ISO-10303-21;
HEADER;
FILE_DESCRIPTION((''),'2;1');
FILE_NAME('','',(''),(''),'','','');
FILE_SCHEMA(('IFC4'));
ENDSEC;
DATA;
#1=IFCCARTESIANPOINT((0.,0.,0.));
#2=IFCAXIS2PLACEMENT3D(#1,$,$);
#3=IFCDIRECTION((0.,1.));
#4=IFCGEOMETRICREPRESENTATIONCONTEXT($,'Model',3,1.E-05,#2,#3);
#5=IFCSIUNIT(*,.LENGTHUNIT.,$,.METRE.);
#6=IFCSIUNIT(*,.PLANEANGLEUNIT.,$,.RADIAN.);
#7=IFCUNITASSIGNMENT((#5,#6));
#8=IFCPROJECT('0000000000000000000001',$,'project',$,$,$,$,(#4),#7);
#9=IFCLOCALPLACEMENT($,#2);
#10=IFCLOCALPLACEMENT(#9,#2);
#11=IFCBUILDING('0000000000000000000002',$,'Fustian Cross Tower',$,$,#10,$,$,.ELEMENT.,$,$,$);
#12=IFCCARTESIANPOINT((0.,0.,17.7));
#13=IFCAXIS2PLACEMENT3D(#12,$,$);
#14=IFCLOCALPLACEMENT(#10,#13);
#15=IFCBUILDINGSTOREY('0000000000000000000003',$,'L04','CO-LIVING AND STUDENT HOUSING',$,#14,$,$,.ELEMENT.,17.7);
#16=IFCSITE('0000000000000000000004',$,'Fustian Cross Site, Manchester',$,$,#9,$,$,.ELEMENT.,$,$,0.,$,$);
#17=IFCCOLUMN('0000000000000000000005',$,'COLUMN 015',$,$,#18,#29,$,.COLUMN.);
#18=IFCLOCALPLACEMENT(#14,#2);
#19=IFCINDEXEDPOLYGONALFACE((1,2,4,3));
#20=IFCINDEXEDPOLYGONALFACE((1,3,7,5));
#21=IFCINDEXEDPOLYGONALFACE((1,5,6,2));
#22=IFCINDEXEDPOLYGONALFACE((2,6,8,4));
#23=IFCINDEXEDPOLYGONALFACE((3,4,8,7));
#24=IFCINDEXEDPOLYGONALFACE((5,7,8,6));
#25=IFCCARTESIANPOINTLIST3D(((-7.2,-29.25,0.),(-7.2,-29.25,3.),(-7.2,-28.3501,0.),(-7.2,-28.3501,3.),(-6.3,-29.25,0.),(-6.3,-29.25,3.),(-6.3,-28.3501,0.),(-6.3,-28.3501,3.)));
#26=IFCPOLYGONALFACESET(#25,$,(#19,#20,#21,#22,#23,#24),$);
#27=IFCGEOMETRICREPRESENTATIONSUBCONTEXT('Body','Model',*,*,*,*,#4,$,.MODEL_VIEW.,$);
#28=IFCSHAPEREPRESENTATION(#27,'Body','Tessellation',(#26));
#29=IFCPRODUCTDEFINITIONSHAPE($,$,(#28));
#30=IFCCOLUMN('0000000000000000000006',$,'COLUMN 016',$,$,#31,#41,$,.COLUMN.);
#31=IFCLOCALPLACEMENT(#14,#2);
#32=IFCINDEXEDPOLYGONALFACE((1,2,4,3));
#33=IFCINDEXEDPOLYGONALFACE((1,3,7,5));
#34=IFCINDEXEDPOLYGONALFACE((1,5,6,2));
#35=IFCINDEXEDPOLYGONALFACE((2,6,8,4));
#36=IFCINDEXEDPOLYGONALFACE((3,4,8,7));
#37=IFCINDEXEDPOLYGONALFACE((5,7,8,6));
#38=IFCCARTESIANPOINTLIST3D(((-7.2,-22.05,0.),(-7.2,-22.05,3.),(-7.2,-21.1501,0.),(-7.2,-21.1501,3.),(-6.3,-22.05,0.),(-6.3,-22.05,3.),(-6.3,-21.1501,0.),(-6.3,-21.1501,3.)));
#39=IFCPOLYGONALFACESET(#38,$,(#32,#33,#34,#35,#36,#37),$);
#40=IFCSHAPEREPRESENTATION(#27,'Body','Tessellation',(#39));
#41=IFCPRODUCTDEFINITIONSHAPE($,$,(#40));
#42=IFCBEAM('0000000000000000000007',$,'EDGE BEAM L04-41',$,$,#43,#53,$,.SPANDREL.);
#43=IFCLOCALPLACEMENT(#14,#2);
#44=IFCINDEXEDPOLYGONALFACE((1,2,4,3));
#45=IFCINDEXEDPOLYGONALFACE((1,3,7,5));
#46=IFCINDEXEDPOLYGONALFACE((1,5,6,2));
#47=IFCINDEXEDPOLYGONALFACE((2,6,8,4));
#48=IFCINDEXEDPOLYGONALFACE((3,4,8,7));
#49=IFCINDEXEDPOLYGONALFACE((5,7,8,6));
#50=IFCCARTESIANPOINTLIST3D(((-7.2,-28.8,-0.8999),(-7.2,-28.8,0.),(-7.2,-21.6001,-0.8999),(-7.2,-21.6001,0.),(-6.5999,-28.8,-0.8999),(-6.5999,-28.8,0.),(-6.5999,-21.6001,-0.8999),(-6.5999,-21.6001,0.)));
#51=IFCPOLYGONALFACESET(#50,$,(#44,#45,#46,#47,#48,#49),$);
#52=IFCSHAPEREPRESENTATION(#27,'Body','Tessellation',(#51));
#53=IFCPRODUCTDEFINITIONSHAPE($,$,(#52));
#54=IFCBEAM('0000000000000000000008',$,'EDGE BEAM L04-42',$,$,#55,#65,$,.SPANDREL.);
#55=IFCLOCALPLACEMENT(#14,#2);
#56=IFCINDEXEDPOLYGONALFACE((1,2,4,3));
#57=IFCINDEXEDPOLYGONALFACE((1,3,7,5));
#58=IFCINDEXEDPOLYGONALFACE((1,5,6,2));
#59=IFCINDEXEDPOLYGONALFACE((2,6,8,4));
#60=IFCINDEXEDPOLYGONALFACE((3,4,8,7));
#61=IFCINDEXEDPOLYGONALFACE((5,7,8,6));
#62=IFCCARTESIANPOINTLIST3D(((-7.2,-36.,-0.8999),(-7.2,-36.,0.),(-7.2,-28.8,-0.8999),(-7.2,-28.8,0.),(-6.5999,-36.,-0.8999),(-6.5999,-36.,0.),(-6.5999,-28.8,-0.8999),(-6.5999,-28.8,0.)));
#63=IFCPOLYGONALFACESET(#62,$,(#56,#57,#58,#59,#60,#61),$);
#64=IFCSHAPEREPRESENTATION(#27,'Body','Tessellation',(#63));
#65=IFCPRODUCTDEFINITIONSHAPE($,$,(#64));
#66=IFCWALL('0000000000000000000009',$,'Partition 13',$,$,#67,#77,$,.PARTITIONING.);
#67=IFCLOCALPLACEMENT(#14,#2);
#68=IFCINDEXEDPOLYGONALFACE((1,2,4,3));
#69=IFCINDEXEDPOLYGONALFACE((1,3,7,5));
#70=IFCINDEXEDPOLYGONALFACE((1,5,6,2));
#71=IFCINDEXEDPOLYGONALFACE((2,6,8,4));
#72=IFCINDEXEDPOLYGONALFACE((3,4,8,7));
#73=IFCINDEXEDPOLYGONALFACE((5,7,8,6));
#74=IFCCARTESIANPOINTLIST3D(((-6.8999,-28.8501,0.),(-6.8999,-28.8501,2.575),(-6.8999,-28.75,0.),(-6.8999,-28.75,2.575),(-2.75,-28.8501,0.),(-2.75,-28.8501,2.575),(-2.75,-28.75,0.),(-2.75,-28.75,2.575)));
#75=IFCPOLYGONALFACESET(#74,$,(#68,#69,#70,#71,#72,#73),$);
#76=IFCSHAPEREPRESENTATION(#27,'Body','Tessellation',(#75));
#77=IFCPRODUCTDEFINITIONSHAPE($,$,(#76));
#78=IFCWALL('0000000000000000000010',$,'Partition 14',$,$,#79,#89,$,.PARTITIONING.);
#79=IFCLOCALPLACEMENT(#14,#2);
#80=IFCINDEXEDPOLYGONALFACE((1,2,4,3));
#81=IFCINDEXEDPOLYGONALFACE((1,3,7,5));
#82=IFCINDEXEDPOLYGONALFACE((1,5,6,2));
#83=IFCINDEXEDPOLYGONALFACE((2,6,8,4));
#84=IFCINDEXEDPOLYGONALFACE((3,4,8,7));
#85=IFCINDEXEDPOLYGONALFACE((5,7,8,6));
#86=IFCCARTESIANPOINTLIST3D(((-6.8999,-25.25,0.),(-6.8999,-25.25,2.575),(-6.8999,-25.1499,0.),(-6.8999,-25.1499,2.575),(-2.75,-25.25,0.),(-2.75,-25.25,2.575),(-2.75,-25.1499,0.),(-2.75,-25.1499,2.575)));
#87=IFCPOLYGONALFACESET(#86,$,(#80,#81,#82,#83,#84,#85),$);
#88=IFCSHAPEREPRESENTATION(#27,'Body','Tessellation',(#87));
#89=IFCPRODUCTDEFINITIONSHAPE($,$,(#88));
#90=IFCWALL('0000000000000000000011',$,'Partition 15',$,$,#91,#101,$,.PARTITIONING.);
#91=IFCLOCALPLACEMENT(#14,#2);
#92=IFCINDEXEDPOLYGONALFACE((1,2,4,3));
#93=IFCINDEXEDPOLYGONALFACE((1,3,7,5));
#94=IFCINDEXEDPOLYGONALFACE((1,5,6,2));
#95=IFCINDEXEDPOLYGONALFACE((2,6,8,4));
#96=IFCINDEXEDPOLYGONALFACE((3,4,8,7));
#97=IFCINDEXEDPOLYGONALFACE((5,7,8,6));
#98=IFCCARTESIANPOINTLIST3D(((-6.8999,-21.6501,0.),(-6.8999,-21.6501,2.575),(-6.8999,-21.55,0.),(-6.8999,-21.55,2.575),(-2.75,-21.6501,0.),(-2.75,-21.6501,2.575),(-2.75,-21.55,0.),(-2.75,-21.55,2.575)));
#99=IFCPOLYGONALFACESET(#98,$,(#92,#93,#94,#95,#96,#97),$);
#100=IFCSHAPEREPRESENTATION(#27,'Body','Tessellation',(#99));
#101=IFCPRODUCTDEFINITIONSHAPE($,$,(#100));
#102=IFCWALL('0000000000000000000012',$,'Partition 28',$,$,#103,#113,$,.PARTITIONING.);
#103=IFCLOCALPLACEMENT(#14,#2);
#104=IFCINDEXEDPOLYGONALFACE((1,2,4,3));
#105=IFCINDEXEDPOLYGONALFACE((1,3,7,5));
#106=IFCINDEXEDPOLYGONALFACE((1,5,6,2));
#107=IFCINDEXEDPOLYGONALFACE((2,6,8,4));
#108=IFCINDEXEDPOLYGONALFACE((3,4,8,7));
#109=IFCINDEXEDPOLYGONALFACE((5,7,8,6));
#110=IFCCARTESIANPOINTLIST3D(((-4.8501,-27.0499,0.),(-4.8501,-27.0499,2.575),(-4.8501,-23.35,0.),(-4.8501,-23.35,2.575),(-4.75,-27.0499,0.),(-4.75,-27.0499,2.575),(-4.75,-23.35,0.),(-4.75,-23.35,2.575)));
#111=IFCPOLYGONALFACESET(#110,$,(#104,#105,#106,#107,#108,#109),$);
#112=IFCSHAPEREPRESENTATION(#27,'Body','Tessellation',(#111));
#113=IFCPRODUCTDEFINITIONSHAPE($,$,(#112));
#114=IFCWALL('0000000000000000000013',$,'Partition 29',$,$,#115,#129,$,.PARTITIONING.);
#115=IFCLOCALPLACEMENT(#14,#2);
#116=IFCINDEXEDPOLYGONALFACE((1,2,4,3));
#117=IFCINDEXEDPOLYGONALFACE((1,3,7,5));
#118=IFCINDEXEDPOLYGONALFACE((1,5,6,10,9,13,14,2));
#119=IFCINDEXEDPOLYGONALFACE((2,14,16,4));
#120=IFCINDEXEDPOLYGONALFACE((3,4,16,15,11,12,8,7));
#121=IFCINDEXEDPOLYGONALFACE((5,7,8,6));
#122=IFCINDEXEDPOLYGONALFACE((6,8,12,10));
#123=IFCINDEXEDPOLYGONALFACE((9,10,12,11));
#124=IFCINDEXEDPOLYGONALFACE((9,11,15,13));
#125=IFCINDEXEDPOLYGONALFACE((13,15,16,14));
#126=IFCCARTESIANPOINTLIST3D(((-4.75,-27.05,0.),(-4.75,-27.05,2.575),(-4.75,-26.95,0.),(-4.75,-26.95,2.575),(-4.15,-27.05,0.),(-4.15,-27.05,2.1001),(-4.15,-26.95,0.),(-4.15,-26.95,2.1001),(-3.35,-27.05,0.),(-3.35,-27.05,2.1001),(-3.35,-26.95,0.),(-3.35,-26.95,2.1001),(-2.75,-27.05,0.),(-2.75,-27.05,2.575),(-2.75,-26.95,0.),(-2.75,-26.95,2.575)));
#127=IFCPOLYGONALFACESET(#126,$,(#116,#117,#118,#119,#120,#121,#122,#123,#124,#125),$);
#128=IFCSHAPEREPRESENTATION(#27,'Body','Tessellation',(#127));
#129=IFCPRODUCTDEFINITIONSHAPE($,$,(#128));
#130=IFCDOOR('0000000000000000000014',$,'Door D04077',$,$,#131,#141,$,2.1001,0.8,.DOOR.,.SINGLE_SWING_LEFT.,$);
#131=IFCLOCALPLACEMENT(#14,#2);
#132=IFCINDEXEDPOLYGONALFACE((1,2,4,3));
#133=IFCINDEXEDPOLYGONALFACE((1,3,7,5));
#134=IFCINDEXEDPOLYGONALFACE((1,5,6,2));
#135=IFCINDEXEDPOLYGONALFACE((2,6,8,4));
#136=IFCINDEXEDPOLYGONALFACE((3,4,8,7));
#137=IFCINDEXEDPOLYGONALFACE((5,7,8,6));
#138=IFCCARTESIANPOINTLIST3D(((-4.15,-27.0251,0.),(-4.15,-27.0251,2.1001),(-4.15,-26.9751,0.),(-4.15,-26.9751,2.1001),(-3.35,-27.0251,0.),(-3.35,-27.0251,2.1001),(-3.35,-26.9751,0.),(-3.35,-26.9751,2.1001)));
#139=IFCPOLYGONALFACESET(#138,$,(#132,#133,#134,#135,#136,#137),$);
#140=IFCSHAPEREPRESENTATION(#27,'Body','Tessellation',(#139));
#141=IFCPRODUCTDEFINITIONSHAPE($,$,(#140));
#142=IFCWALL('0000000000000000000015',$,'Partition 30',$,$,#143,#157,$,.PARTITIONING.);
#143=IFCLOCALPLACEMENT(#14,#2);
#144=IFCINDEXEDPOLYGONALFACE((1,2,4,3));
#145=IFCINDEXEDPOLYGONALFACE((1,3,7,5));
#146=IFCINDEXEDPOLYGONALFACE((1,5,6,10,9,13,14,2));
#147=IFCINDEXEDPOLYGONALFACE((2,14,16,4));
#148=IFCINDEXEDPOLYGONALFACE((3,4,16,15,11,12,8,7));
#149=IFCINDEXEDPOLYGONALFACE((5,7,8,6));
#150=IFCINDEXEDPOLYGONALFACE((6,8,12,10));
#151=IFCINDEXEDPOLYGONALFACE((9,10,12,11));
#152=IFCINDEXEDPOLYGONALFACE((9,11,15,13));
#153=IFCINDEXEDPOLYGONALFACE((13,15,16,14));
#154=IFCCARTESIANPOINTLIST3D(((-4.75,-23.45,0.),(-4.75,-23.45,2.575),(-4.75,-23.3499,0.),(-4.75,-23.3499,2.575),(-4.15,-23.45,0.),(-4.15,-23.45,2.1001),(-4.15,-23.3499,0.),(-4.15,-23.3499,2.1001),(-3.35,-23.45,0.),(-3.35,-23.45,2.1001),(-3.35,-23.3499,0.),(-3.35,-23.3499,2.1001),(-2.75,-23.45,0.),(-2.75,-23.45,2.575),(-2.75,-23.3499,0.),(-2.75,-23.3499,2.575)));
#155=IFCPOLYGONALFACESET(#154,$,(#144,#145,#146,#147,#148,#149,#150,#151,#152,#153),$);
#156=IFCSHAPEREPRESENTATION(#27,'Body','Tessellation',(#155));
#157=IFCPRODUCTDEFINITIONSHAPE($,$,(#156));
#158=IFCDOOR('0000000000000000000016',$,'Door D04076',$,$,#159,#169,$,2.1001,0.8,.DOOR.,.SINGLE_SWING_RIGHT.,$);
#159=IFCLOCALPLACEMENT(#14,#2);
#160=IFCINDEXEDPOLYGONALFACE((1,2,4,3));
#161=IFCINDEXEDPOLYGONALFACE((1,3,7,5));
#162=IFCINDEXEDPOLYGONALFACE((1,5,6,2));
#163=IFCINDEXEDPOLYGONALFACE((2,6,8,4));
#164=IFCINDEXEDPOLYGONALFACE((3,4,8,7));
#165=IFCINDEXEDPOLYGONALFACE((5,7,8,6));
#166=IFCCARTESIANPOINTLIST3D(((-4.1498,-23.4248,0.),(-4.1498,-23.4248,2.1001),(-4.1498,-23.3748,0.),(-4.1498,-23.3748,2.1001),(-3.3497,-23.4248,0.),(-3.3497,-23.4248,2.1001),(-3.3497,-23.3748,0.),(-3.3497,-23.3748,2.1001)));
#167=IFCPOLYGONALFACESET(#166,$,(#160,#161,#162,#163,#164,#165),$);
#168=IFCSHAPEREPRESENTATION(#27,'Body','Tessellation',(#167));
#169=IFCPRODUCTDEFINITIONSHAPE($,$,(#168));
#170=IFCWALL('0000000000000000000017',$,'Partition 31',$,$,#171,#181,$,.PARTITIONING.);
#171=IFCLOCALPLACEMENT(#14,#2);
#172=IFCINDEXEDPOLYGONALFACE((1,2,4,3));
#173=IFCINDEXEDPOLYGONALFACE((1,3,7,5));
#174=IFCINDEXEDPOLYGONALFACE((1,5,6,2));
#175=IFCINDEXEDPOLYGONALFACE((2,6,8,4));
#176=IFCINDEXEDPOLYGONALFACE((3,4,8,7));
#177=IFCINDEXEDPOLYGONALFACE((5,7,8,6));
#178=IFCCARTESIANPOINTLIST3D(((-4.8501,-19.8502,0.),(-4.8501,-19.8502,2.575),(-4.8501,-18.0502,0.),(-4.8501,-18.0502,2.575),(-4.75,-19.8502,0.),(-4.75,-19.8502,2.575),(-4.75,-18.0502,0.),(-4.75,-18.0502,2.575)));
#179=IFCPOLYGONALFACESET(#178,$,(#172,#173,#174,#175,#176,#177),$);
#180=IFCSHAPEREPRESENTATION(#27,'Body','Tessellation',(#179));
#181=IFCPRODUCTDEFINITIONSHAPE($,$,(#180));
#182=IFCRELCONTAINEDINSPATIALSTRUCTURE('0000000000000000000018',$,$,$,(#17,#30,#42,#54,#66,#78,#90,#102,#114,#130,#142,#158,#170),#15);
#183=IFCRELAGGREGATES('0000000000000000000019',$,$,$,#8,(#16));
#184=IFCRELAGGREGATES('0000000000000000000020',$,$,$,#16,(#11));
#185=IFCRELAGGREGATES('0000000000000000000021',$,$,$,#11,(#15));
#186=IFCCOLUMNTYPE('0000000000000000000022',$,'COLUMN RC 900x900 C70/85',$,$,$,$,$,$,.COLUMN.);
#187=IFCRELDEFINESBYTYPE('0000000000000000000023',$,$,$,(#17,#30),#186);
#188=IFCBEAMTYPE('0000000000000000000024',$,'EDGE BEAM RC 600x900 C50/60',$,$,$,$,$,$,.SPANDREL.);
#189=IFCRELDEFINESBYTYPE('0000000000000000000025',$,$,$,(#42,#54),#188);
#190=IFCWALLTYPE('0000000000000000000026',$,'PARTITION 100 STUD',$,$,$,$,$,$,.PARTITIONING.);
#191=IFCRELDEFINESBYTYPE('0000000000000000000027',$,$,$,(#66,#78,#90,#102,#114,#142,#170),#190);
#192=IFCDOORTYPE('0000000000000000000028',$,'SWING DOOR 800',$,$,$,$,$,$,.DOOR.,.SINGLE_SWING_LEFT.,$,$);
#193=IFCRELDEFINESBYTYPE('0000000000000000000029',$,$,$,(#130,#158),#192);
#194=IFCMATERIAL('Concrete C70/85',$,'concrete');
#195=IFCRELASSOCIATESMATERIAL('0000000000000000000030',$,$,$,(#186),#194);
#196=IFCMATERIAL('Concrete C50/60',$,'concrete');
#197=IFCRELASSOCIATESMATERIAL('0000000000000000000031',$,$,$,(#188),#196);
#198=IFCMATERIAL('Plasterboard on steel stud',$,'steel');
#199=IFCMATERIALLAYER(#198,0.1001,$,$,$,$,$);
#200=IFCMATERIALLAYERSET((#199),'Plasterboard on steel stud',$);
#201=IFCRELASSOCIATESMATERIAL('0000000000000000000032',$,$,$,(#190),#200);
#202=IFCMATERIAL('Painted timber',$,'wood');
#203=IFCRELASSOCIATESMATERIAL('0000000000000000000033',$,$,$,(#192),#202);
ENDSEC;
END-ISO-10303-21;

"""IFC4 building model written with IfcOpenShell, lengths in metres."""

from ifc_helpers import new_model, si_unit, direction, frame, frame_2d, origin, origin_2d, place, context, subcontext, project, spatial, rectangle, extrude, material, layer, layer_set, material_profile, profile_set, type_object, element, fill, save


model = new_model("IFC4")

# Units and contexts
model_context = context("Model", 3, precision=1e-05, world=origin(), true_north=direction((0.0, 1.0)))
body_context = subcontext(model_context, "Body", "Model", "MODEL_VIEW")
ifc_project = project(units=[si_unit("LENGTHUNIT", "METRE"), si_unit("PLANEANGLEUNIT", "RADIAN")], contexts=[model_context])

# Site, building, storey
site_placement = place(None, origin())
site = spatial("IfcSite", under=ifc_project, at=site_placement, Name="Fustian Cross Site, Manchester", CompositionType="ELEMENT", RefElevation=0.0)
building_placement = place(site_placement, origin())
building = spatial("IfcBuilding", under=site, at=building_placement, Name="Fustian Cross Tower", CompositionType="ELEMENT")
storey_placement = place(building_placement, frame((0.0, 0.0, 17.7)))
storey = spatial("IfcBuildingStorey", under=building, at=storey_placement, Name="L04", Description="CO-LIVING AND STUDENT HOUSING", CompositionType="ELEMENT", Elevation=17.7)

# Columns
ifc_material_1 = material(Name="Concrete C70/85", Category="concrete")
ifc_material_profile_1 = material_profile(ifc_material_1, rectangle(XDim=0.8999, YDim=0.8999, at=origin_2d()), Name="RC 900x900")
ifc_profile_set_1 = profile_set([ifc_material_profile_1], Name="Concrete C70/85")
column_type = type_object("IfcColumnType", Name="COLUMN RC 900x900 C70/85", PredefinedType="COLUMN", material=ifc_profile_set_1)
for number, where, z_axis, x_axis, name in (
    (1, (-6.75, -28.8, 0.0), (0.0, 0.0, 1.0), (1.0, 0.0, 0.0), "COLUMN 015"),
    (2, (-6.75, -21.6001, 0.0), (0.0, 0.0, 1.0), (1.0, 0.0, 0.0), "COLUMN 016"),
):
    element("IfcColumn", number, at=place(storey_placement, frame(where, z_axis=z_axis, x_axis=x_axis)), inside=storey, type_object=column_type, Name=name, PredefinedType="COLUMN", context=body_context, shape_type="SweptSolid", body=[
        extrude(rectangle(XDim=0.8999, YDim=0.8999, at=origin_2d()), origin(), (0.0, 0.0, 1.0), 3.0),
    ])

# Beams
ifc_material_2 = material(Name="Concrete C50/60", Category="concrete")
ifc_material_profile_2 = material_profile(ifc_material_2, rectangle(XDim=0.6001, YDim=0.8999, at=origin_2d()), Name="RC 600x900")
ifc_profile_set_2 = profile_set([ifc_material_profile_2], Name="Concrete C50/60")
beam_type = type_object("IfcBeamType", Name="EDGE BEAM RC 600x900 C50/60", PredefinedType="SPANDREL", material=ifc_profile_set_2)
for number, where, z_axis, x_axis, name in (
    (3, (-6.8999, -21.6001, -0.45), (0.0, -1.0, 0.0), (1.0, 0.0, 0.0), "EDGE BEAM L04-41"),
    (4, (-6.8999, -28.8, -0.45), (0.0, -1.0, 0.0), (1.0, 0.0, 0.0), "EDGE BEAM L04-42"),
):
    element("IfcBeam", number, at=place(storey_placement, frame(where, z_axis=z_axis, x_axis=x_axis)), inside=storey, type_object=beam_type, Name=name, PredefinedType="SPANDREL", context=body_context, shape_type="SweptSolid", body=[
        extrude(rectangle(XDim=0.6001, YDim=0.8999, at=origin_2d()), origin(), (0.0, 0.0, 1.0), 7.2),
    ])

# Walls
ifc_material_3 = material(Name="Plasterboard on steel stud", Category="steel")
ifc_layer_1 = layer(ifc_material_3, 0.1001)
ifc_layer_set_1 = layer_set([ifc_layer_1], Name="Plasterboard on steel stud")
wall_type_1 = type_object("IfcWallType", Name="PARTITION 100 STUD", PredefinedType="PARTITIONING", material=ifc_layer_set_1)
for number, where, z_axis, x_axis, name in (
    (5, (-6.8999, -28.8, 0.0), (0.0, 0.0, 1.0), (1.0, 0.0, 0.0), "Partition 13"),
    (6, (-6.8999, -25.2, 0.0), (0.0, 0.0, 1.0), (1.0, 0.0, 0.0), "Partition 14"),
    (7, (-6.8999, -21.6001, 0.0), (0.0, 0.0, 1.0), (1.0, 0.0, 0.0), "Partition 15"),
):
    element("IfcWall", number, at=place(storey_placement, frame(where, z_axis=z_axis, x_axis=x_axis)), inside=storey, type_object=wall_type_1, Name=name, PredefinedType="PARTITIONING", context=body_context, shape_type="SweptSolid", body=[
        extrude(rectangle(XDim=4.1499, YDim=0.1001, at=frame_2d((2.075, 0.0))), origin(), (0.0, 0.0, 1.0), 2.575),
    ])
wall_1_placement = place(storey_placement, frame((-4.8, -27.05, 0.0), z_axis=(0.0, 0.0, 1.0), x_axis=(0.0, 1.0, 0.0)))
element("IfcWall", 8, at=wall_1_placement, inside=storey, type_object=wall_type_1, Name="Partition 28", PredefinedType="PARTITIONING", context=body_context, shape_type="SweptSolid", body=[
    extrude(rectangle(XDim=3.7, YDim=0.1001, at=frame_2d((1.8501, 0.0))), origin(), (0.0, 0.0, 1.0), 2.575),
])

# Walls, openings, doors
wall_2_placement = place(storey_placement, frame((-4.75, -27.0, 0.0), z_axis=(0.0, 0.0, 1.0), x_axis=(1.0, 0.0, 0.0)))
wall_2 = element("IfcWall", 9, at=wall_2_placement, inside=storey, type_object=wall_type_1, Name="Partition 29", PredefinedType="PARTITIONING", context=body_context, shape_type="SweptSolid", body=[
    extrude(rectangle(XDim=2.0, YDim=0.1001, at=frame_2d((1.0, 0.0))), origin(), (0.0, 0.0, 1.0), 2.575),
])
opening_1_placement = place(wall_2_placement, frame((0.6001, 0.0, 0.0)))
opening_1 = element("IfcOpeningElement", 10, at=opening_1_placement, cuts=wall_2, PredefinedType="OPENING", context=body_context, shape_type="SweptSolid", body=[
    extrude(rectangle(XDim=0.8, YDim=2.1001, at=frame_2d((0.3999, 1.05))), frame((0.0, 0.0601, 0.0), z_axis=(0.0, -1.0, 0.0), x_axis=(1.0, 0.0, 0.0)), (0.0, 0.0, 1.0), 0.1201),
])
ifc_material_4 = material(Name="Painted timber", Category="wood")
door_type = type_object("IfcDoorType", Name="SWING DOOR 800", OperationType="SINGLE_SWING_LEFT", PredefinedType="DOOR", material=ifc_material_4)
door_1_placement = place(opening_1_placement, origin())
door_1 = element("IfcDoor", 11, at=door_1_placement, inside=storey, type_object=door_type, Name="Door D04077", OperationType="SINGLE_SWING_LEFT", OverallHeight=2.1001, OverallWidth=0.8, PredefinedType="DOOR", context=body_context, shape_type="SweptSolid", body=[
    extrude(rectangle(XDim=0.8, YDim=2.1001, at=frame_2d((0.3999, 1.05))), frame((0.0, 0.0249, 0.0), z_axis=(0.0, -1.0, 0.0), x_axis=(1.0, 0.0, 0.0)), (0.0, 0.0, 1.0), 0.05),
])
fill(opening_1, door_1)
wall_3_placement = place(storey_placement, frame((-4.75, -23.3999, 0.0), z_axis=(0.0, 0.0, 1.0), x_axis=(1.0, 0.0, 0.0)))
wall_3 = element("IfcWall", 12, at=wall_3_placement, inside=storey, type_object=wall_type_1, Name="Partition 30", PredefinedType="PARTITIONING", context=body_context, shape_type="SweptSolid", body=[
    extrude(rectangle(XDim=2.0, YDim=0.1001, at=frame_2d((1.0, 0.0))), origin(), (0.0, 0.0, 1.0), 2.575),
])
opening_2_placement = place(wall_3_placement, frame((0.6001, 0.0, 0.0)))
opening_2 = element("IfcOpeningElement", 13, at=opening_2_placement, cuts=wall_3, PredefinedType="OPENING", context=body_context, shape_type="SweptSolid", body=[
    extrude(rectangle(XDim=0.8, YDim=2.1001, at=frame_2d((0.3999, 1.05))), frame((0.0, 0.0601, 0.0), z_axis=(0.0, -1.0, 0.0), x_axis=(1.0, 0.0, 0.0)), (0.0, 0.0, 1.0), 0.1201),
])
door_2_placement = place(opening_2_placement, frame((0.8, 0.0, 0.0), z_axis=(0.0, 0.0, 1.0), x_axis=(-1.0, 0.0, 0.0)))
door_2 = element("IfcDoor", 14, at=door_2_placement, inside=storey, type_object=door_type, Name="Door D04076", OperationType="SINGLE_SWING_RIGHT", OverallHeight=2.1001, OverallWidth=0.8, PredefinedType="DOOR", context=body_context, shape_type="SweptSolid", body=[
    extrude(rectangle(XDim=0.8, YDim=2.1001, at=frame_2d((0.3999, 1.05))), frame((0.0, 0.0249, 0.0), z_axis=(0.0, -1.0, 0.0), x_axis=(1.0, 0.0, 0.0)), (0.0, 0.0, 1.0), 0.05),
])
fill(opening_2, door_2)

# Wall
wall_4_placement = place(storey_placement, frame((-4.8, -19.8501, 0.0), z_axis=(0.0, 0.0, 1.0), x_axis=(0.0, 1.0, 0.0)))
element("IfcWall", 15, at=wall_4_placement, inside=storey, type_object=wall_type_1, Name="Partition 31", PredefinedType="PARTITIONING", context=body_context, shape_type="SweptSolid", body=[
    extrude(rectangle(XDim=1.8, YDim=0.1001, at=frame_2d((0.8999, 0.0))), origin(), (0.0, 0.0, 1.0), 2.575),
])

save(model, "model.ifc")
